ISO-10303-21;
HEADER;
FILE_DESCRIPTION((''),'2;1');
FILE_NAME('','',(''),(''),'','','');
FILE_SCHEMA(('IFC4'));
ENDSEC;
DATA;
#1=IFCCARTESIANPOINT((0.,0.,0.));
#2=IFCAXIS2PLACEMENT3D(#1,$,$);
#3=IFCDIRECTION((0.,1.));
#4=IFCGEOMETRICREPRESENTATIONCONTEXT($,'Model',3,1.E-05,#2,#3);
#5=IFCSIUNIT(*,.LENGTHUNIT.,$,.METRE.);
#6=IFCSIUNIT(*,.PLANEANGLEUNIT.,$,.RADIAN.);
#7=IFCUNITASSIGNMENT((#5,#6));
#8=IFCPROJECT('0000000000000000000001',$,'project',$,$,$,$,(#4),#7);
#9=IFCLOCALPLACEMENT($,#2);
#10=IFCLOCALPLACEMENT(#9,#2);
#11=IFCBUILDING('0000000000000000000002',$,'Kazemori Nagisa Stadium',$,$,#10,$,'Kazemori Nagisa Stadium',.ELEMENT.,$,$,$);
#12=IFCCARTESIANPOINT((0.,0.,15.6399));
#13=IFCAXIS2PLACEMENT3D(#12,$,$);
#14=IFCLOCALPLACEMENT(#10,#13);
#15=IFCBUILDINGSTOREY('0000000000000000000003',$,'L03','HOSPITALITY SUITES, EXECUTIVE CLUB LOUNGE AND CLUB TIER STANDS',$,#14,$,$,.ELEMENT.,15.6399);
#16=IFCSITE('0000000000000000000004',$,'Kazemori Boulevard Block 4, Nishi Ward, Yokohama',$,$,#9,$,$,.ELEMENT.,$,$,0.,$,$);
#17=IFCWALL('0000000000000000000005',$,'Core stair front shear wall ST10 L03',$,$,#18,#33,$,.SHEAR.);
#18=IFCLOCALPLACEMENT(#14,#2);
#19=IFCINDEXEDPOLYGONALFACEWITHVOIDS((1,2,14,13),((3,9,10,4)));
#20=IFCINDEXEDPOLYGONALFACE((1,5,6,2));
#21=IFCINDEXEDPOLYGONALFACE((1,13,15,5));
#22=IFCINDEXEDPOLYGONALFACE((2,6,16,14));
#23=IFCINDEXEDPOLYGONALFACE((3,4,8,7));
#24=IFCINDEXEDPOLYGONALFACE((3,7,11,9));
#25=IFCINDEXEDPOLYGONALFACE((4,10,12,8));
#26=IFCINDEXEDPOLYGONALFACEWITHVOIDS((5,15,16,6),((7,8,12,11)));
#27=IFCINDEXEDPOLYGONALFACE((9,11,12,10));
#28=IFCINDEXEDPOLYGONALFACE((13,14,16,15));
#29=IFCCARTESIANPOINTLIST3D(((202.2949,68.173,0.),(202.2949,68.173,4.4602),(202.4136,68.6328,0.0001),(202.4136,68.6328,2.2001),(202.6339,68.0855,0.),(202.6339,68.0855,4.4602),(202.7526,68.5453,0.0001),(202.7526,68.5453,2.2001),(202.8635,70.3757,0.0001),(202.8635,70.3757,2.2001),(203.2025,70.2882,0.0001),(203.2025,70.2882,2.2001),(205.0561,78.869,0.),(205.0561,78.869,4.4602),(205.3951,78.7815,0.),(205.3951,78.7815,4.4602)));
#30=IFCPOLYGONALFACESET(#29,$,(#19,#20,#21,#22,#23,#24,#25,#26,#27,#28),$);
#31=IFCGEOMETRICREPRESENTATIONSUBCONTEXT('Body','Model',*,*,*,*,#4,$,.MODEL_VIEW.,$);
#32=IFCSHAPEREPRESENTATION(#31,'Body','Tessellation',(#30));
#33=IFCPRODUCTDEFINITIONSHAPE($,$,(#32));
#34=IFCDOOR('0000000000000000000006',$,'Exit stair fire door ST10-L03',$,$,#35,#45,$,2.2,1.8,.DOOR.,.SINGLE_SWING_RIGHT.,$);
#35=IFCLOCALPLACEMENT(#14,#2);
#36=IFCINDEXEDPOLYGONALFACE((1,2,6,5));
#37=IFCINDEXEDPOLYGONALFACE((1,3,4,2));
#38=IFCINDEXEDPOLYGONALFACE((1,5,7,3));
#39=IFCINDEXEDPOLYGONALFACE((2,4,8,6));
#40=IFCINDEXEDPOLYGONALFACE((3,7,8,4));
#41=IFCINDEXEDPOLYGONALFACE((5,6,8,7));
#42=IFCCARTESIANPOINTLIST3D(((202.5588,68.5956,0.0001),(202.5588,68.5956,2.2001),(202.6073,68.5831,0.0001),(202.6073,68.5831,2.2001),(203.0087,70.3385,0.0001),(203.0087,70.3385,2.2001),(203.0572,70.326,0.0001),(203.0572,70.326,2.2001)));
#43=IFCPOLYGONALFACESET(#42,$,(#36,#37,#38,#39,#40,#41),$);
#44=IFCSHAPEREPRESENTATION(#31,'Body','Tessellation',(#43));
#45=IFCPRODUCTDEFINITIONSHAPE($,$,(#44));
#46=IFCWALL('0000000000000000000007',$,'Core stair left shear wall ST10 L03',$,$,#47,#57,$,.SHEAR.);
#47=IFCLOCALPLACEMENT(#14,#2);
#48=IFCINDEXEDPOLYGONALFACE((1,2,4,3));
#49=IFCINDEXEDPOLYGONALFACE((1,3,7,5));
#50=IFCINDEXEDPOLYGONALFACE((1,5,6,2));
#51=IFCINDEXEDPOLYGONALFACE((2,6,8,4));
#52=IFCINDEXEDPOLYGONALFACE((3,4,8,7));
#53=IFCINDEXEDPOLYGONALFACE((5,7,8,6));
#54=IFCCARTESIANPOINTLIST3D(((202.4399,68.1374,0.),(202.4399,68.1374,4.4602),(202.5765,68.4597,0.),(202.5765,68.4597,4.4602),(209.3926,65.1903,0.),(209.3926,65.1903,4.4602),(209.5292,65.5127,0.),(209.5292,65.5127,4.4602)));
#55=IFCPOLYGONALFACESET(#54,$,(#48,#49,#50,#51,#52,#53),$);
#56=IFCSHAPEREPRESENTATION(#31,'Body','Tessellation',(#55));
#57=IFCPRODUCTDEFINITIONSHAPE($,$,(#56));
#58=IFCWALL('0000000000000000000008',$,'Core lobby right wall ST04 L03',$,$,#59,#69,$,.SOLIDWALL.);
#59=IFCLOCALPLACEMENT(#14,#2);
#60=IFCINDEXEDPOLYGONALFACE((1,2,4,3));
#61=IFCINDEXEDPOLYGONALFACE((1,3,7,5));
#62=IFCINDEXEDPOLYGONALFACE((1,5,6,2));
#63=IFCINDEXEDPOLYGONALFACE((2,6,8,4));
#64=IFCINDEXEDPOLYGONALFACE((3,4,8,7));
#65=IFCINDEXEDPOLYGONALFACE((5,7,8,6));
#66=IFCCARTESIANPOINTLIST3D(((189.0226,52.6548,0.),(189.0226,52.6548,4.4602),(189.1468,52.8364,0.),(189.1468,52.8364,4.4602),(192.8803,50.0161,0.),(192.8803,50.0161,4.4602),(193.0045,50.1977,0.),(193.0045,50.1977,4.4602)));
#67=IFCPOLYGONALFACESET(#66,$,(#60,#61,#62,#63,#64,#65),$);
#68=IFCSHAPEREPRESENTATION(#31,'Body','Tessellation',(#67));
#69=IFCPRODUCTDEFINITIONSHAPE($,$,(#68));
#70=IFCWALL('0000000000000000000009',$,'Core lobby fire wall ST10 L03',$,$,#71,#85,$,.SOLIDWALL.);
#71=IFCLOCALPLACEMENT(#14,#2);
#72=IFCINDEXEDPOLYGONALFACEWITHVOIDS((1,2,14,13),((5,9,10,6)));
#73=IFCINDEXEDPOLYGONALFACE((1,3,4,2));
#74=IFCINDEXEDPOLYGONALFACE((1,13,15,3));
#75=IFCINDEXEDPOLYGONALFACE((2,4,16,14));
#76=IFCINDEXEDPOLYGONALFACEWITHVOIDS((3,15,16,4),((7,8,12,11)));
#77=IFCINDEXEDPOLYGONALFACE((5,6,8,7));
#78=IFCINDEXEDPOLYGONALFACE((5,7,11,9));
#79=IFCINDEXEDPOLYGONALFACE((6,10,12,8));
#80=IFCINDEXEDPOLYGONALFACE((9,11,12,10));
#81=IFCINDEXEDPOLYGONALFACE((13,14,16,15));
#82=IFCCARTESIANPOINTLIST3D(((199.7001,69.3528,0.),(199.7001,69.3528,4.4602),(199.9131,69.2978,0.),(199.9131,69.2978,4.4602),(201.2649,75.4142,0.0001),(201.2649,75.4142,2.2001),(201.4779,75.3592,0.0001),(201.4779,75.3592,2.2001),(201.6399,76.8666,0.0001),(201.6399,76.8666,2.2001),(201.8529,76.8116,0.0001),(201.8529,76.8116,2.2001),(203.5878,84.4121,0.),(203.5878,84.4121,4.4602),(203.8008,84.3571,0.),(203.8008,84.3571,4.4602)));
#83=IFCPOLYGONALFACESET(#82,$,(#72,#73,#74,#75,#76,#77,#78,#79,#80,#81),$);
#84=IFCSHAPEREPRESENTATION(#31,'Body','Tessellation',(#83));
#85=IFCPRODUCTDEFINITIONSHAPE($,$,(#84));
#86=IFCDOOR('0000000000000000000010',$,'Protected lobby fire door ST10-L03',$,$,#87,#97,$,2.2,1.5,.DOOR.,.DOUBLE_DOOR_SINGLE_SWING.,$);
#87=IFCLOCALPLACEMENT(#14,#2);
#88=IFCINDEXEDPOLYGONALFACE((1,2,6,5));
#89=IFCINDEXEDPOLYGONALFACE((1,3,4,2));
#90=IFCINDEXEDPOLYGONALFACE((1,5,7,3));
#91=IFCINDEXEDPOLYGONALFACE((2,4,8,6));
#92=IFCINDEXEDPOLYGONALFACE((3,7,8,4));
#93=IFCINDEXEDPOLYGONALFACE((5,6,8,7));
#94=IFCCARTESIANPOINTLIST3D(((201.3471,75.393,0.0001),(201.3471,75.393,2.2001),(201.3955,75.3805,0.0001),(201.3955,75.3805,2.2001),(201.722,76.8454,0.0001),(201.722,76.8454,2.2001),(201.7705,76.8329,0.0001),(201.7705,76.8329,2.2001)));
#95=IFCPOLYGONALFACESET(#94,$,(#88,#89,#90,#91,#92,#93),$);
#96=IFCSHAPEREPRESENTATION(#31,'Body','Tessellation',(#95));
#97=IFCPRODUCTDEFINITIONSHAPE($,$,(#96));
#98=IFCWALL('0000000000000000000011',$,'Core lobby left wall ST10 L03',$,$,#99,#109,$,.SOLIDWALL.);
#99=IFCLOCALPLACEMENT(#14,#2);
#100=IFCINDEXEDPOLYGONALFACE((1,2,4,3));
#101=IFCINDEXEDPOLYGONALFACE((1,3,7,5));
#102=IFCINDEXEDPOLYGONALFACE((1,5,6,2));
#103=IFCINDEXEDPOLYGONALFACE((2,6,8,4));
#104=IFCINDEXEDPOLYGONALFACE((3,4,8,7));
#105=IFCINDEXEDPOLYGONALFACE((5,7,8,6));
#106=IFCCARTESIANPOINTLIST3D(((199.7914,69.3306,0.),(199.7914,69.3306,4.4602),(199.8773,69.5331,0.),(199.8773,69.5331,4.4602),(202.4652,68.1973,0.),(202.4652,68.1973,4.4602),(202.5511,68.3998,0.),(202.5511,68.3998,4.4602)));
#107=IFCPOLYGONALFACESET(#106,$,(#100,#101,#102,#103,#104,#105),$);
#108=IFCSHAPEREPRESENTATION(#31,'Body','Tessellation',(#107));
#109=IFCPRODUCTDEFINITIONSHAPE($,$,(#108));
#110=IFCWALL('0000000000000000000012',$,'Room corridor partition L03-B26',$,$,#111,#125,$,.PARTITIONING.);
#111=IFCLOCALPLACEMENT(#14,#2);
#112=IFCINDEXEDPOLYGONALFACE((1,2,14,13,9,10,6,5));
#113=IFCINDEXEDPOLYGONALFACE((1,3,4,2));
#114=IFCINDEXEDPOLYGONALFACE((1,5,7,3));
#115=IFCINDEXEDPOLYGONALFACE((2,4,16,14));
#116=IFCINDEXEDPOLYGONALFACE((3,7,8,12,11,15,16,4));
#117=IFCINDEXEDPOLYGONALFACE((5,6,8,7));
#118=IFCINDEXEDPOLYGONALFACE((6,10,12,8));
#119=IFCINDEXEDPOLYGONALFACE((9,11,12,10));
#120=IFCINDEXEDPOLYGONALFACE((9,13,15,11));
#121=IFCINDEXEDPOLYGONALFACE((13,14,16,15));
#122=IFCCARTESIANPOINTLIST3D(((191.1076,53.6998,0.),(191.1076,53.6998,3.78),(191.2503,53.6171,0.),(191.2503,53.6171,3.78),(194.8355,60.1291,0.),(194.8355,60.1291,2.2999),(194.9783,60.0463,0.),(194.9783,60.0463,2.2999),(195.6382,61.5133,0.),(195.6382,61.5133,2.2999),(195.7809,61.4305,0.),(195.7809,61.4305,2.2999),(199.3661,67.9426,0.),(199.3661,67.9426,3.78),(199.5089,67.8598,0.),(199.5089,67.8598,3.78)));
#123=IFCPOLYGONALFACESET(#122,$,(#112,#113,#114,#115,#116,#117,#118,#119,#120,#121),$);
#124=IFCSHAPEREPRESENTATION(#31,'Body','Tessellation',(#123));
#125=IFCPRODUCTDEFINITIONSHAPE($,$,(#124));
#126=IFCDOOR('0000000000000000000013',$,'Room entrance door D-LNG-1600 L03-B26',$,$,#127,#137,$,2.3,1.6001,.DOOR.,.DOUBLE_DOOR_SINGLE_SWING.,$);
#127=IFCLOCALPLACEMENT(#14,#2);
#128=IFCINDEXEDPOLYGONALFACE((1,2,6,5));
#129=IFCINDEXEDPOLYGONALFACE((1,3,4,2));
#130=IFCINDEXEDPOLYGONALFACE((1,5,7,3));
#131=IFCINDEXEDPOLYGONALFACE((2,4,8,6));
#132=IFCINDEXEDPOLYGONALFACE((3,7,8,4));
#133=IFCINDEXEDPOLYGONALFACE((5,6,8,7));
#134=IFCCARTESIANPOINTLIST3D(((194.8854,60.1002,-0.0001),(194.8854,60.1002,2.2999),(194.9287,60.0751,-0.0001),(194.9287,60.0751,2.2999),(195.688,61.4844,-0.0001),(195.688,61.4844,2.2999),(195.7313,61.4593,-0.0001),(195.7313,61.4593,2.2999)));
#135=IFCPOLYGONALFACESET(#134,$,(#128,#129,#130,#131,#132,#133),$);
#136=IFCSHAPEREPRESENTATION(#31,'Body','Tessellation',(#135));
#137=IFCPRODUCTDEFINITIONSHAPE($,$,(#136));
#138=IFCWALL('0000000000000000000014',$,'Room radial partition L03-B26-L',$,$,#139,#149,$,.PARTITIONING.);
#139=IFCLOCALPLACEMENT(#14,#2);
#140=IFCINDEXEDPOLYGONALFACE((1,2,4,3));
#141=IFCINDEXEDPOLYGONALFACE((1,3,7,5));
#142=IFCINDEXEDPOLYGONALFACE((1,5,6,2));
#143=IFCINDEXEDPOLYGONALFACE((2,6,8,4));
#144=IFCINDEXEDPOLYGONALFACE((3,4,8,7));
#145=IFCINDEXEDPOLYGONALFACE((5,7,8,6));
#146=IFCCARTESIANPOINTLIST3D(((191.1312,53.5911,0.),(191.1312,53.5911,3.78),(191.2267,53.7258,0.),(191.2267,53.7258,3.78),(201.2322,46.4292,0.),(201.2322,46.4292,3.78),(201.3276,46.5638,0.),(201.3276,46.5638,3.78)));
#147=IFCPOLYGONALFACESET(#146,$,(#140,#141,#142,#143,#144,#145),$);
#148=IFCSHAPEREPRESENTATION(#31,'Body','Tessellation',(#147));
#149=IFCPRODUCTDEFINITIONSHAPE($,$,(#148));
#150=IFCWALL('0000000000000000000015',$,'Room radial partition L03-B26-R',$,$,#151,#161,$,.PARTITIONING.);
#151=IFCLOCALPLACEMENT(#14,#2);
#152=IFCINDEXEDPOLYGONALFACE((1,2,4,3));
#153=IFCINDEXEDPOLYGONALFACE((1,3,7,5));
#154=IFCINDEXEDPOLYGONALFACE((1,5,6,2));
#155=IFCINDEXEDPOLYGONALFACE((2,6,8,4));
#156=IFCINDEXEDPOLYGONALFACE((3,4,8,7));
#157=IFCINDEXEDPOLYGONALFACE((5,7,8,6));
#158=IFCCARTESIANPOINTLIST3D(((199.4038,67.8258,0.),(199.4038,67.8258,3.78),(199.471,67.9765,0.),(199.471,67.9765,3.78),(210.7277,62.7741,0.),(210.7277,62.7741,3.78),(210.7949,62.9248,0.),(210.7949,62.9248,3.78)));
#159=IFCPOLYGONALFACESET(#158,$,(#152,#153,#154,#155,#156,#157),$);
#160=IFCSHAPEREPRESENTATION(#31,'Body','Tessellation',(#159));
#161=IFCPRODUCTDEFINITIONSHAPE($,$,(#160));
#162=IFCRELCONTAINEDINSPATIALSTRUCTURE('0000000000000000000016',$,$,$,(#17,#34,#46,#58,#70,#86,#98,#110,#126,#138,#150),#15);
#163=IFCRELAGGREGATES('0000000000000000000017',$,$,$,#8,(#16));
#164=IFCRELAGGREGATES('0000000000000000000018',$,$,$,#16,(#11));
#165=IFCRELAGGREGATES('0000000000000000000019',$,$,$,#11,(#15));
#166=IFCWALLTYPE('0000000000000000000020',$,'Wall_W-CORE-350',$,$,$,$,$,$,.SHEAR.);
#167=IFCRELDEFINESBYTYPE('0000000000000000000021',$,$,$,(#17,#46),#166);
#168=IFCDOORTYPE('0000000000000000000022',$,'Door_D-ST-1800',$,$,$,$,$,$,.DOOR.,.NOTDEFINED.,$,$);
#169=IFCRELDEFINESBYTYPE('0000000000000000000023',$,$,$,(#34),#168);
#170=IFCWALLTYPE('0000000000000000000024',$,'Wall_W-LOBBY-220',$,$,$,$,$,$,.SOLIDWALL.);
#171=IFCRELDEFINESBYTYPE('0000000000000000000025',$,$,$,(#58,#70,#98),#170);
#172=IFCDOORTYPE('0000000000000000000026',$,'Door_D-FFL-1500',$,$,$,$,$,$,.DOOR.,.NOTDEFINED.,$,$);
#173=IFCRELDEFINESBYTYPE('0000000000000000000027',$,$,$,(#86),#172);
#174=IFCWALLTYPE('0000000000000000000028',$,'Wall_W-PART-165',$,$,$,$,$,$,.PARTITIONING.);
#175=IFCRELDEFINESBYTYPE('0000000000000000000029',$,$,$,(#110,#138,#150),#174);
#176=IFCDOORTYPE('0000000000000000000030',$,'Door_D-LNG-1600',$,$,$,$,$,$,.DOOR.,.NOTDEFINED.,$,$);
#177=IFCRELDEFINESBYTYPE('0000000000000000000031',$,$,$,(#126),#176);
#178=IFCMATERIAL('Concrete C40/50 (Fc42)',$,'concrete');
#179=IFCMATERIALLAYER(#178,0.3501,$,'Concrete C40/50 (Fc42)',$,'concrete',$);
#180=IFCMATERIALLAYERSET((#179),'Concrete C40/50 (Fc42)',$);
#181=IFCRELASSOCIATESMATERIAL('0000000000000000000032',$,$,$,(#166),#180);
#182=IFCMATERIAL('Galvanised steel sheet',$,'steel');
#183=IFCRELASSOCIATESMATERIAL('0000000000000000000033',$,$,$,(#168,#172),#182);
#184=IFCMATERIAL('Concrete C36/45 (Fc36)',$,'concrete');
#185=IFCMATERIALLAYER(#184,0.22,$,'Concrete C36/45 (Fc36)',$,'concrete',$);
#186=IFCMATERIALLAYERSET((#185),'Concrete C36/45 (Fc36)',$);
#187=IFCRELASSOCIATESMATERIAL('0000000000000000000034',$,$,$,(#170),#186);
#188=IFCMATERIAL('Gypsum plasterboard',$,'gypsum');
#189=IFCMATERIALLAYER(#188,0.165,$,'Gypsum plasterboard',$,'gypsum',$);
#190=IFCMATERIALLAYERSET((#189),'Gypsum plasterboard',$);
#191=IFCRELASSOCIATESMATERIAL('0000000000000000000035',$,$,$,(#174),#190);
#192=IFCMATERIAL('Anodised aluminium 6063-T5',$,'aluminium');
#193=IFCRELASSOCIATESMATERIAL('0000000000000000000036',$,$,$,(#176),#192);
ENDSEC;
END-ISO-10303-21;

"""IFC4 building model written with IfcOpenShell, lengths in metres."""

from ifc_helpers import new_model, si_unit, direction, frame, frame_2d, origin, place, context, subcontext, project, spatial, rectangle, extrude, material, layer, layer_set, type_object, element, fill, save


model = new_model("IFC4")

# Units and contexts
model_context = context("Model", 3, precision=1e-05, world=origin(), true_north=direction((0.0, 1.0)))
body_context = subcontext(model_context, "Body", "Model", "MODEL_VIEW")
ifc_project = project(units=[si_unit("LENGTHUNIT", "METRE"), si_unit("PLANEANGLEUNIT", "RADIAN")], contexts=[model_context])

# Site, building, storey
site_placement = place(None, origin())
site = spatial("IfcSite", under=ifc_project, at=site_placement, Name="Kazemori Boulevard Block 4, Nishi Ward, Yokohama", CompositionType="ELEMENT", RefElevation=0.0)
building_placement = place(site_placement, origin())
building = spatial("IfcBuilding", under=site, at=building_placement, Name="Kazemori Nagisa Stadium", LongName="Kazemori Nagisa Stadium", CompositionType="ELEMENT")
storey_placement = place(building_placement, frame((0.0, 0.0, 15.6399)))
storey = spatial("IfcBuildingStorey", under=building, at=storey_placement, Name="L03", Description="HOSPITALITY SUITES, EXECUTIVE CLUB LOUNGE AND CLUB TIER STANDS", CompositionType="ELEMENT", Elevation=15.6399)

# Shared definitions
ifc_material_1 = material(Name="Concrete C40/50 (Fc42)", Category="concrete")

# Shared definitions
ifc_material_2 = material(Name="Anodised aluminium 6063-T5", Category="aluminium")

# Wall, opening, door
ifc_layer_1 = layer(ifc_material_1, 0.3501, Name="Concrete C40/50 (Fc42)", Category="concrete")
ifc_layer_set_1 = layer_set([ifc_layer_1], Name="Concrete C40/50 (Fc42)")
wall_type_1 = type_object("IfcWallType", Name="Wall_W-CORE-350", PredefinedType="SHEAR", material=ifc_layer_set_1)
wall_1_placement = place(storey_placement, frame((202.4644, 68.1292, 0.0), z_axis=(0.0, 0.0, 1.0), x_axis=(0.24996, 0.968256, 0.0)))
wall_1 = element("IfcWall", 1, at=wall_1_placement, inside=storey, type_object=wall_type_1, Name="Core stair front shear wall ST10 L03", PredefinedType="SHEAR", context=body_context, shape_type="SweptSolid", body=[
    extrude(rectangle(XDim=11.0466, YDim=0.3501, at=frame_2d((5.5234, 0.0))), origin(), (0.0, 0.0, 1.0), 4.4602),
])
opening_1_placement = place(wall_1_placement, frame((0.4751, 0.0, 0.0)))
opening_1 = element("IfcOpeningElement", 2, at=opening_1_placement, cuts=wall_1, PredefinedType="OPENING", context=body_context, shape_type="SweptSolid", body=[
    extrude(rectangle(XDim=1.8, YDim=2.2, at=frame_2d((0.8999, 1.1001))), frame((0.0, 0.1851, 0.0), z_axis=(0.0, -1.0, 0.0), x_axis=(1.0, 0.0, 0.0)), (0.0, 0.0, 1.0), 0.3701),
])
ifc_material_3 = material(Name="Galvanised steel sheet", Category="steel")
door_type_1 = type_object("IfcDoorType", Name="Door_D-ST-1800", OperationType="NOTDEFINED", PredefinedType="DOOR", material=ifc_material_3)
door_1_placement = place(opening_1_placement, frame((1.8, 0.0, 0.0), z_axis=(0.0, 0.0, 1.0), x_axis=(-1.0, 0.0, 0.0)))
door_1 = element("IfcDoor", 3, at=door_1_placement, inside=storey, type_object=door_type_1, Name="Exit stair fire door ST10-L03", OperationType="SINGLE_SWING_RIGHT", OverallHeight=2.2, OverallWidth=1.8, PredefinedType="DOOR", context=body_context, shape_type="SweptSolid", body=[
    extrude(rectangle(XDim=1.8, YDim=2.2, at=frame_2d((0.8999, 1.1001))), frame((0.0, 0.0249, 0.0), z_axis=(0.0, -1.0, 0.0), x_axis=(1.0, 0.0, 0.0)), (0.0, 0.0, 1.0), 0.05),
])
fill(opening_1, door_1)

# Walls
wall_2_placement = place(storey_placement, frame((202.5081, 68.2986, 0.0), z_axis=(0.0, 0.0, 1.0), x_axis=(0.920705, -0.39026, 0.0)))
element("IfcWall", 4, at=wall_2_placement, inside=storey, type_object=wall_type_1, Name="Core stair left shear wall ST10 L03", PredefinedType="SHEAR", context=body_context, shape_type="SweptSolid", body=[
    extrude(rectangle(XDim=7.5515, YDim=0.3501, at=frame_2d((3.7759, 0.0))), origin(), (0.0, 0.0, 1.0), 4.4602),
])
ifc_material_4 = material(Name="Concrete C36/45 (Fc36)", Category="concrete")
ifc_layer_2 = layer(ifc_material_4, 0.22, Name="Concrete C36/45 (Fc36)", Category="concrete")
ifc_layer_set_2 = layer_set([ifc_layer_2], Name="Concrete C36/45 (Fc36)")
wall_type_2 = type_object("IfcWallType", Name="Wall_W-LOBBY-220", PredefinedType="SOLIDWALL", material=ifc_layer_set_2)
wall_3_placement = place(storey_placement, frame((189.0847, 52.7456, 0.0), z_axis=(0.0, 0.0, 1.0), x_axis=(0.825385, -0.56457, 0.0)))
element("IfcWall", 5, at=wall_3_placement, inside=storey, type_object=wall_type_2, Name="Core lobby right wall ST04 L03", PredefinedType="SOLIDWALL", context=body_context, shape_type="SweptSolid", body=[
    extrude(rectangle(XDim=4.6738, YDim=0.22, at=frame_2d((2.3369, 0.0))), origin(), (0.0, 0.0, 1.0), 4.4602),
])

# Wall, opening, door
wall_4_placement = place(storey_placement, frame((199.8066, 69.3254, 0.0), z_axis=(0.0, 0.0, 1.0), x_axis=(0.249963, 0.968255, 0.0)))
wall_4 = element("IfcWall", 6, at=wall_4_placement, inside=storey, type_object=wall_type_2, Name="Core lobby fire wall ST10 L03", PredefinedType="SOLIDWALL", context=body_context, shape_type="SweptSolid", body=[
    extrude(rectangle(XDim=15.553, YDim=0.22, at=frame_2d((7.7764, 0.0))), origin(), (0.0, 0.0, 1.0), 4.4602),
])
opening_2_placement = place(wall_4_placement, frame((6.26, 0.0, 0.0)))
opening_2 = element("IfcOpeningElement", 7, at=opening_2_placement, cuts=wall_4, PredefinedType="OPENING", context=body_context, shape_type="SweptSolid", body=[
    extrude(rectangle(XDim=1.5, YDim=2.2, at=frame_2d((0.75, 1.1001))), frame((0.0, 0.1199, 0.0), z_axis=(0.0, -1.0, 0.0), x_axis=(1.0, 0.0, 0.0)), (0.0, 0.0, 1.0), 0.24),
])
door_type_2 = type_object("IfcDoorType", Name="Door_D-FFL-1500", OperationType="NOTDEFINED", PredefinedType="DOOR", material=ifc_material_3)
door_2_placement = place(opening_2_placement, frame((1.5, 0.0, 0.0), z_axis=(0.0, 0.0, 1.0), x_axis=(-1.0, 0.0, 0.0)))
door_2 = element("IfcDoor", 8, at=door_2_placement, inside=storey, type_object=door_type_2, Name="Protected lobby fire door ST10-L03", OperationType="DOUBLE_DOOR_SINGLE_SWING", OverallHeight=2.2, OverallWidth=1.5, PredefinedType="DOOR", context=body_context, shape_type="SweptSolid", body=[
    extrude(rectangle(XDim=1.5, YDim=2.2, at=frame_2d((0.75, 1.1001))), frame((0.0, 0.0249, 0.0), z_axis=(0.0, -1.0, 0.0), x_axis=(1.0, 0.0, 0.0)), (0.0, 0.0, 1.0), 0.05),
])
fill(opening_2, door_2)

# Wall
wall_5_placement = place(storey_placement, frame((199.8342, 69.4319, 0.0), z_axis=(0.0, 0.0, 1.0), x_axis=(0.920712, -0.390243, 0.0)))
element("IfcWall", 9, at=wall_5_placement, inside=storey, type_object=wall_type_2, Name="Core lobby left wall ST10 L03", PredefinedType="SOLIDWALL", context=body_context, shape_type="SweptSolid", body=[
    extrude(rectangle(XDim=2.9041, YDim=0.22, at=frame_2d((1.4521, 0.0))), origin(), (0.0, 0.0, 1.0), 4.4602),
])

# Wall, opening, door
ifc_material_5 = material(Name="Gypsum plasterboard", Category="gypsum")
ifc_layer_3 = layer(ifc_material_5, 0.165, Name="Gypsum plasterboard", Category="gypsum")
ifc_layer_set_3 = layer_set([ifc_layer_3], Name="Gypsum plasterboard")
wall_type_3 = type_object("IfcWallType", Name="Wall_W-PART-165", PredefinedType="PARTITIONING", material=ifc_layer_set_3)
wall_6_placement = place(storey_placement, frame((191.179, 53.6584, 0.0), z_axis=(0.0, 0.0, 1.0), x_axis=(0.501618, 0.865089, 0.0)))
wall_6 = element("IfcWall", 10, at=wall_6_placement, inside=storey, type_object=wall_type_3, Name="Room corridor partition L03-B26", PredefinedType="PARTITIONING", context=body_context, shape_type="SweptSolid", body=[
    extrude(rectangle(XDim=16.4639, YDim=0.165, at=frame_2d((8.2319, 0.0))), origin(), (0.0, 0.0, 1.0), 3.78),
])
opening_3_placement = place(wall_6_placement, frame((7.4319, 0.0, 0.0)))
opening_3 = element("IfcOpeningElement", 11, at=opening_3_placement, cuts=wall_6, PredefinedType="OPENING", context=body_context, shape_type="SweptSolid", body=[
    extrude(rectangle(XDim=1.6001, YDim=2.3, at=frame_2d((0.8, 1.1499))), frame((0.0, 0.0925, 0.0), z_axis=(0.0, -1.0, 0.0), x_axis=(1.0, 0.0, 0.0)), (0.0, 0.0, 1.0), 0.1851),
])
door_type_3 = type_object("IfcDoorType", Name="Door_D-LNG-1600", OperationType="NOTDEFINED", PredefinedType="DOOR", material=ifc_material_2)
door_3_placement = place(opening_3_placement, origin())
door_3 = element("IfcDoor", 12, at=door_3_placement, inside=storey, type_object=door_type_3, Name="Room entrance door D-LNG-1600 L03-B26", OperationType="DOUBLE_DOOR_SINGLE_SWING", OverallHeight=2.3, OverallWidth=1.6001, PredefinedType="DOOR", context=body_context, shape_type="SweptSolid", body=[
    extrude(rectangle(XDim=1.6001, YDim=2.3, at=frame_2d((0.8, 1.1499))), frame((0.0, 0.0249, 0.0), z_axis=(0.0, -1.0, 0.0), x_axis=(1.0, 0.0, 0.0)), (0.0, 0.0, 1.0), 0.05),
])
fill(opening_3, door_3)

# Walls
wall_7_placement = place(storey_placement, frame((191.179, 53.6584, 0.0), z_axis=(0.0, 0.0, 1.0), x_axis=(0.815754, -0.5784, 0.0)))
element("IfcWall", 13, at=wall_7_placement, inside=storey, type_object=wall_type_3, Name="Room radial partition L03-B26-L", PredefinedType="PARTITIONING", context=body_context, shape_type="SweptSolid", body=[
    extrude(rectangle(XDim=12.3823, YDim=0.165, at=frame_2d((6.1912, 0.0))), origin(), (0.0, 0.0, 1.0), 3.78),
])
wall_8_placement = place(storey_placement, frame((199.4375, 67.9011, 0.0), z_axis=(0.0, 0.0, 1.0), x_axis=(0.913246, -0.40741, 0.0)))
element("IfcWall", 14, at=wall_8_placement, inside=storey, type_object=wall_type_3, Name="Room radial partition L03-B26-R", PredefinedType="PARTITIONING", context=body_context, shape_type="SweptSolid", body=[
    extrude(rectangle(XDim=12.3997, YDim=0.165, at=frame_2d((6.1997, 0.0))), origin(), (0.0, 0.0, 1.0), 3.78),
])

save(model, "model.ifc")
